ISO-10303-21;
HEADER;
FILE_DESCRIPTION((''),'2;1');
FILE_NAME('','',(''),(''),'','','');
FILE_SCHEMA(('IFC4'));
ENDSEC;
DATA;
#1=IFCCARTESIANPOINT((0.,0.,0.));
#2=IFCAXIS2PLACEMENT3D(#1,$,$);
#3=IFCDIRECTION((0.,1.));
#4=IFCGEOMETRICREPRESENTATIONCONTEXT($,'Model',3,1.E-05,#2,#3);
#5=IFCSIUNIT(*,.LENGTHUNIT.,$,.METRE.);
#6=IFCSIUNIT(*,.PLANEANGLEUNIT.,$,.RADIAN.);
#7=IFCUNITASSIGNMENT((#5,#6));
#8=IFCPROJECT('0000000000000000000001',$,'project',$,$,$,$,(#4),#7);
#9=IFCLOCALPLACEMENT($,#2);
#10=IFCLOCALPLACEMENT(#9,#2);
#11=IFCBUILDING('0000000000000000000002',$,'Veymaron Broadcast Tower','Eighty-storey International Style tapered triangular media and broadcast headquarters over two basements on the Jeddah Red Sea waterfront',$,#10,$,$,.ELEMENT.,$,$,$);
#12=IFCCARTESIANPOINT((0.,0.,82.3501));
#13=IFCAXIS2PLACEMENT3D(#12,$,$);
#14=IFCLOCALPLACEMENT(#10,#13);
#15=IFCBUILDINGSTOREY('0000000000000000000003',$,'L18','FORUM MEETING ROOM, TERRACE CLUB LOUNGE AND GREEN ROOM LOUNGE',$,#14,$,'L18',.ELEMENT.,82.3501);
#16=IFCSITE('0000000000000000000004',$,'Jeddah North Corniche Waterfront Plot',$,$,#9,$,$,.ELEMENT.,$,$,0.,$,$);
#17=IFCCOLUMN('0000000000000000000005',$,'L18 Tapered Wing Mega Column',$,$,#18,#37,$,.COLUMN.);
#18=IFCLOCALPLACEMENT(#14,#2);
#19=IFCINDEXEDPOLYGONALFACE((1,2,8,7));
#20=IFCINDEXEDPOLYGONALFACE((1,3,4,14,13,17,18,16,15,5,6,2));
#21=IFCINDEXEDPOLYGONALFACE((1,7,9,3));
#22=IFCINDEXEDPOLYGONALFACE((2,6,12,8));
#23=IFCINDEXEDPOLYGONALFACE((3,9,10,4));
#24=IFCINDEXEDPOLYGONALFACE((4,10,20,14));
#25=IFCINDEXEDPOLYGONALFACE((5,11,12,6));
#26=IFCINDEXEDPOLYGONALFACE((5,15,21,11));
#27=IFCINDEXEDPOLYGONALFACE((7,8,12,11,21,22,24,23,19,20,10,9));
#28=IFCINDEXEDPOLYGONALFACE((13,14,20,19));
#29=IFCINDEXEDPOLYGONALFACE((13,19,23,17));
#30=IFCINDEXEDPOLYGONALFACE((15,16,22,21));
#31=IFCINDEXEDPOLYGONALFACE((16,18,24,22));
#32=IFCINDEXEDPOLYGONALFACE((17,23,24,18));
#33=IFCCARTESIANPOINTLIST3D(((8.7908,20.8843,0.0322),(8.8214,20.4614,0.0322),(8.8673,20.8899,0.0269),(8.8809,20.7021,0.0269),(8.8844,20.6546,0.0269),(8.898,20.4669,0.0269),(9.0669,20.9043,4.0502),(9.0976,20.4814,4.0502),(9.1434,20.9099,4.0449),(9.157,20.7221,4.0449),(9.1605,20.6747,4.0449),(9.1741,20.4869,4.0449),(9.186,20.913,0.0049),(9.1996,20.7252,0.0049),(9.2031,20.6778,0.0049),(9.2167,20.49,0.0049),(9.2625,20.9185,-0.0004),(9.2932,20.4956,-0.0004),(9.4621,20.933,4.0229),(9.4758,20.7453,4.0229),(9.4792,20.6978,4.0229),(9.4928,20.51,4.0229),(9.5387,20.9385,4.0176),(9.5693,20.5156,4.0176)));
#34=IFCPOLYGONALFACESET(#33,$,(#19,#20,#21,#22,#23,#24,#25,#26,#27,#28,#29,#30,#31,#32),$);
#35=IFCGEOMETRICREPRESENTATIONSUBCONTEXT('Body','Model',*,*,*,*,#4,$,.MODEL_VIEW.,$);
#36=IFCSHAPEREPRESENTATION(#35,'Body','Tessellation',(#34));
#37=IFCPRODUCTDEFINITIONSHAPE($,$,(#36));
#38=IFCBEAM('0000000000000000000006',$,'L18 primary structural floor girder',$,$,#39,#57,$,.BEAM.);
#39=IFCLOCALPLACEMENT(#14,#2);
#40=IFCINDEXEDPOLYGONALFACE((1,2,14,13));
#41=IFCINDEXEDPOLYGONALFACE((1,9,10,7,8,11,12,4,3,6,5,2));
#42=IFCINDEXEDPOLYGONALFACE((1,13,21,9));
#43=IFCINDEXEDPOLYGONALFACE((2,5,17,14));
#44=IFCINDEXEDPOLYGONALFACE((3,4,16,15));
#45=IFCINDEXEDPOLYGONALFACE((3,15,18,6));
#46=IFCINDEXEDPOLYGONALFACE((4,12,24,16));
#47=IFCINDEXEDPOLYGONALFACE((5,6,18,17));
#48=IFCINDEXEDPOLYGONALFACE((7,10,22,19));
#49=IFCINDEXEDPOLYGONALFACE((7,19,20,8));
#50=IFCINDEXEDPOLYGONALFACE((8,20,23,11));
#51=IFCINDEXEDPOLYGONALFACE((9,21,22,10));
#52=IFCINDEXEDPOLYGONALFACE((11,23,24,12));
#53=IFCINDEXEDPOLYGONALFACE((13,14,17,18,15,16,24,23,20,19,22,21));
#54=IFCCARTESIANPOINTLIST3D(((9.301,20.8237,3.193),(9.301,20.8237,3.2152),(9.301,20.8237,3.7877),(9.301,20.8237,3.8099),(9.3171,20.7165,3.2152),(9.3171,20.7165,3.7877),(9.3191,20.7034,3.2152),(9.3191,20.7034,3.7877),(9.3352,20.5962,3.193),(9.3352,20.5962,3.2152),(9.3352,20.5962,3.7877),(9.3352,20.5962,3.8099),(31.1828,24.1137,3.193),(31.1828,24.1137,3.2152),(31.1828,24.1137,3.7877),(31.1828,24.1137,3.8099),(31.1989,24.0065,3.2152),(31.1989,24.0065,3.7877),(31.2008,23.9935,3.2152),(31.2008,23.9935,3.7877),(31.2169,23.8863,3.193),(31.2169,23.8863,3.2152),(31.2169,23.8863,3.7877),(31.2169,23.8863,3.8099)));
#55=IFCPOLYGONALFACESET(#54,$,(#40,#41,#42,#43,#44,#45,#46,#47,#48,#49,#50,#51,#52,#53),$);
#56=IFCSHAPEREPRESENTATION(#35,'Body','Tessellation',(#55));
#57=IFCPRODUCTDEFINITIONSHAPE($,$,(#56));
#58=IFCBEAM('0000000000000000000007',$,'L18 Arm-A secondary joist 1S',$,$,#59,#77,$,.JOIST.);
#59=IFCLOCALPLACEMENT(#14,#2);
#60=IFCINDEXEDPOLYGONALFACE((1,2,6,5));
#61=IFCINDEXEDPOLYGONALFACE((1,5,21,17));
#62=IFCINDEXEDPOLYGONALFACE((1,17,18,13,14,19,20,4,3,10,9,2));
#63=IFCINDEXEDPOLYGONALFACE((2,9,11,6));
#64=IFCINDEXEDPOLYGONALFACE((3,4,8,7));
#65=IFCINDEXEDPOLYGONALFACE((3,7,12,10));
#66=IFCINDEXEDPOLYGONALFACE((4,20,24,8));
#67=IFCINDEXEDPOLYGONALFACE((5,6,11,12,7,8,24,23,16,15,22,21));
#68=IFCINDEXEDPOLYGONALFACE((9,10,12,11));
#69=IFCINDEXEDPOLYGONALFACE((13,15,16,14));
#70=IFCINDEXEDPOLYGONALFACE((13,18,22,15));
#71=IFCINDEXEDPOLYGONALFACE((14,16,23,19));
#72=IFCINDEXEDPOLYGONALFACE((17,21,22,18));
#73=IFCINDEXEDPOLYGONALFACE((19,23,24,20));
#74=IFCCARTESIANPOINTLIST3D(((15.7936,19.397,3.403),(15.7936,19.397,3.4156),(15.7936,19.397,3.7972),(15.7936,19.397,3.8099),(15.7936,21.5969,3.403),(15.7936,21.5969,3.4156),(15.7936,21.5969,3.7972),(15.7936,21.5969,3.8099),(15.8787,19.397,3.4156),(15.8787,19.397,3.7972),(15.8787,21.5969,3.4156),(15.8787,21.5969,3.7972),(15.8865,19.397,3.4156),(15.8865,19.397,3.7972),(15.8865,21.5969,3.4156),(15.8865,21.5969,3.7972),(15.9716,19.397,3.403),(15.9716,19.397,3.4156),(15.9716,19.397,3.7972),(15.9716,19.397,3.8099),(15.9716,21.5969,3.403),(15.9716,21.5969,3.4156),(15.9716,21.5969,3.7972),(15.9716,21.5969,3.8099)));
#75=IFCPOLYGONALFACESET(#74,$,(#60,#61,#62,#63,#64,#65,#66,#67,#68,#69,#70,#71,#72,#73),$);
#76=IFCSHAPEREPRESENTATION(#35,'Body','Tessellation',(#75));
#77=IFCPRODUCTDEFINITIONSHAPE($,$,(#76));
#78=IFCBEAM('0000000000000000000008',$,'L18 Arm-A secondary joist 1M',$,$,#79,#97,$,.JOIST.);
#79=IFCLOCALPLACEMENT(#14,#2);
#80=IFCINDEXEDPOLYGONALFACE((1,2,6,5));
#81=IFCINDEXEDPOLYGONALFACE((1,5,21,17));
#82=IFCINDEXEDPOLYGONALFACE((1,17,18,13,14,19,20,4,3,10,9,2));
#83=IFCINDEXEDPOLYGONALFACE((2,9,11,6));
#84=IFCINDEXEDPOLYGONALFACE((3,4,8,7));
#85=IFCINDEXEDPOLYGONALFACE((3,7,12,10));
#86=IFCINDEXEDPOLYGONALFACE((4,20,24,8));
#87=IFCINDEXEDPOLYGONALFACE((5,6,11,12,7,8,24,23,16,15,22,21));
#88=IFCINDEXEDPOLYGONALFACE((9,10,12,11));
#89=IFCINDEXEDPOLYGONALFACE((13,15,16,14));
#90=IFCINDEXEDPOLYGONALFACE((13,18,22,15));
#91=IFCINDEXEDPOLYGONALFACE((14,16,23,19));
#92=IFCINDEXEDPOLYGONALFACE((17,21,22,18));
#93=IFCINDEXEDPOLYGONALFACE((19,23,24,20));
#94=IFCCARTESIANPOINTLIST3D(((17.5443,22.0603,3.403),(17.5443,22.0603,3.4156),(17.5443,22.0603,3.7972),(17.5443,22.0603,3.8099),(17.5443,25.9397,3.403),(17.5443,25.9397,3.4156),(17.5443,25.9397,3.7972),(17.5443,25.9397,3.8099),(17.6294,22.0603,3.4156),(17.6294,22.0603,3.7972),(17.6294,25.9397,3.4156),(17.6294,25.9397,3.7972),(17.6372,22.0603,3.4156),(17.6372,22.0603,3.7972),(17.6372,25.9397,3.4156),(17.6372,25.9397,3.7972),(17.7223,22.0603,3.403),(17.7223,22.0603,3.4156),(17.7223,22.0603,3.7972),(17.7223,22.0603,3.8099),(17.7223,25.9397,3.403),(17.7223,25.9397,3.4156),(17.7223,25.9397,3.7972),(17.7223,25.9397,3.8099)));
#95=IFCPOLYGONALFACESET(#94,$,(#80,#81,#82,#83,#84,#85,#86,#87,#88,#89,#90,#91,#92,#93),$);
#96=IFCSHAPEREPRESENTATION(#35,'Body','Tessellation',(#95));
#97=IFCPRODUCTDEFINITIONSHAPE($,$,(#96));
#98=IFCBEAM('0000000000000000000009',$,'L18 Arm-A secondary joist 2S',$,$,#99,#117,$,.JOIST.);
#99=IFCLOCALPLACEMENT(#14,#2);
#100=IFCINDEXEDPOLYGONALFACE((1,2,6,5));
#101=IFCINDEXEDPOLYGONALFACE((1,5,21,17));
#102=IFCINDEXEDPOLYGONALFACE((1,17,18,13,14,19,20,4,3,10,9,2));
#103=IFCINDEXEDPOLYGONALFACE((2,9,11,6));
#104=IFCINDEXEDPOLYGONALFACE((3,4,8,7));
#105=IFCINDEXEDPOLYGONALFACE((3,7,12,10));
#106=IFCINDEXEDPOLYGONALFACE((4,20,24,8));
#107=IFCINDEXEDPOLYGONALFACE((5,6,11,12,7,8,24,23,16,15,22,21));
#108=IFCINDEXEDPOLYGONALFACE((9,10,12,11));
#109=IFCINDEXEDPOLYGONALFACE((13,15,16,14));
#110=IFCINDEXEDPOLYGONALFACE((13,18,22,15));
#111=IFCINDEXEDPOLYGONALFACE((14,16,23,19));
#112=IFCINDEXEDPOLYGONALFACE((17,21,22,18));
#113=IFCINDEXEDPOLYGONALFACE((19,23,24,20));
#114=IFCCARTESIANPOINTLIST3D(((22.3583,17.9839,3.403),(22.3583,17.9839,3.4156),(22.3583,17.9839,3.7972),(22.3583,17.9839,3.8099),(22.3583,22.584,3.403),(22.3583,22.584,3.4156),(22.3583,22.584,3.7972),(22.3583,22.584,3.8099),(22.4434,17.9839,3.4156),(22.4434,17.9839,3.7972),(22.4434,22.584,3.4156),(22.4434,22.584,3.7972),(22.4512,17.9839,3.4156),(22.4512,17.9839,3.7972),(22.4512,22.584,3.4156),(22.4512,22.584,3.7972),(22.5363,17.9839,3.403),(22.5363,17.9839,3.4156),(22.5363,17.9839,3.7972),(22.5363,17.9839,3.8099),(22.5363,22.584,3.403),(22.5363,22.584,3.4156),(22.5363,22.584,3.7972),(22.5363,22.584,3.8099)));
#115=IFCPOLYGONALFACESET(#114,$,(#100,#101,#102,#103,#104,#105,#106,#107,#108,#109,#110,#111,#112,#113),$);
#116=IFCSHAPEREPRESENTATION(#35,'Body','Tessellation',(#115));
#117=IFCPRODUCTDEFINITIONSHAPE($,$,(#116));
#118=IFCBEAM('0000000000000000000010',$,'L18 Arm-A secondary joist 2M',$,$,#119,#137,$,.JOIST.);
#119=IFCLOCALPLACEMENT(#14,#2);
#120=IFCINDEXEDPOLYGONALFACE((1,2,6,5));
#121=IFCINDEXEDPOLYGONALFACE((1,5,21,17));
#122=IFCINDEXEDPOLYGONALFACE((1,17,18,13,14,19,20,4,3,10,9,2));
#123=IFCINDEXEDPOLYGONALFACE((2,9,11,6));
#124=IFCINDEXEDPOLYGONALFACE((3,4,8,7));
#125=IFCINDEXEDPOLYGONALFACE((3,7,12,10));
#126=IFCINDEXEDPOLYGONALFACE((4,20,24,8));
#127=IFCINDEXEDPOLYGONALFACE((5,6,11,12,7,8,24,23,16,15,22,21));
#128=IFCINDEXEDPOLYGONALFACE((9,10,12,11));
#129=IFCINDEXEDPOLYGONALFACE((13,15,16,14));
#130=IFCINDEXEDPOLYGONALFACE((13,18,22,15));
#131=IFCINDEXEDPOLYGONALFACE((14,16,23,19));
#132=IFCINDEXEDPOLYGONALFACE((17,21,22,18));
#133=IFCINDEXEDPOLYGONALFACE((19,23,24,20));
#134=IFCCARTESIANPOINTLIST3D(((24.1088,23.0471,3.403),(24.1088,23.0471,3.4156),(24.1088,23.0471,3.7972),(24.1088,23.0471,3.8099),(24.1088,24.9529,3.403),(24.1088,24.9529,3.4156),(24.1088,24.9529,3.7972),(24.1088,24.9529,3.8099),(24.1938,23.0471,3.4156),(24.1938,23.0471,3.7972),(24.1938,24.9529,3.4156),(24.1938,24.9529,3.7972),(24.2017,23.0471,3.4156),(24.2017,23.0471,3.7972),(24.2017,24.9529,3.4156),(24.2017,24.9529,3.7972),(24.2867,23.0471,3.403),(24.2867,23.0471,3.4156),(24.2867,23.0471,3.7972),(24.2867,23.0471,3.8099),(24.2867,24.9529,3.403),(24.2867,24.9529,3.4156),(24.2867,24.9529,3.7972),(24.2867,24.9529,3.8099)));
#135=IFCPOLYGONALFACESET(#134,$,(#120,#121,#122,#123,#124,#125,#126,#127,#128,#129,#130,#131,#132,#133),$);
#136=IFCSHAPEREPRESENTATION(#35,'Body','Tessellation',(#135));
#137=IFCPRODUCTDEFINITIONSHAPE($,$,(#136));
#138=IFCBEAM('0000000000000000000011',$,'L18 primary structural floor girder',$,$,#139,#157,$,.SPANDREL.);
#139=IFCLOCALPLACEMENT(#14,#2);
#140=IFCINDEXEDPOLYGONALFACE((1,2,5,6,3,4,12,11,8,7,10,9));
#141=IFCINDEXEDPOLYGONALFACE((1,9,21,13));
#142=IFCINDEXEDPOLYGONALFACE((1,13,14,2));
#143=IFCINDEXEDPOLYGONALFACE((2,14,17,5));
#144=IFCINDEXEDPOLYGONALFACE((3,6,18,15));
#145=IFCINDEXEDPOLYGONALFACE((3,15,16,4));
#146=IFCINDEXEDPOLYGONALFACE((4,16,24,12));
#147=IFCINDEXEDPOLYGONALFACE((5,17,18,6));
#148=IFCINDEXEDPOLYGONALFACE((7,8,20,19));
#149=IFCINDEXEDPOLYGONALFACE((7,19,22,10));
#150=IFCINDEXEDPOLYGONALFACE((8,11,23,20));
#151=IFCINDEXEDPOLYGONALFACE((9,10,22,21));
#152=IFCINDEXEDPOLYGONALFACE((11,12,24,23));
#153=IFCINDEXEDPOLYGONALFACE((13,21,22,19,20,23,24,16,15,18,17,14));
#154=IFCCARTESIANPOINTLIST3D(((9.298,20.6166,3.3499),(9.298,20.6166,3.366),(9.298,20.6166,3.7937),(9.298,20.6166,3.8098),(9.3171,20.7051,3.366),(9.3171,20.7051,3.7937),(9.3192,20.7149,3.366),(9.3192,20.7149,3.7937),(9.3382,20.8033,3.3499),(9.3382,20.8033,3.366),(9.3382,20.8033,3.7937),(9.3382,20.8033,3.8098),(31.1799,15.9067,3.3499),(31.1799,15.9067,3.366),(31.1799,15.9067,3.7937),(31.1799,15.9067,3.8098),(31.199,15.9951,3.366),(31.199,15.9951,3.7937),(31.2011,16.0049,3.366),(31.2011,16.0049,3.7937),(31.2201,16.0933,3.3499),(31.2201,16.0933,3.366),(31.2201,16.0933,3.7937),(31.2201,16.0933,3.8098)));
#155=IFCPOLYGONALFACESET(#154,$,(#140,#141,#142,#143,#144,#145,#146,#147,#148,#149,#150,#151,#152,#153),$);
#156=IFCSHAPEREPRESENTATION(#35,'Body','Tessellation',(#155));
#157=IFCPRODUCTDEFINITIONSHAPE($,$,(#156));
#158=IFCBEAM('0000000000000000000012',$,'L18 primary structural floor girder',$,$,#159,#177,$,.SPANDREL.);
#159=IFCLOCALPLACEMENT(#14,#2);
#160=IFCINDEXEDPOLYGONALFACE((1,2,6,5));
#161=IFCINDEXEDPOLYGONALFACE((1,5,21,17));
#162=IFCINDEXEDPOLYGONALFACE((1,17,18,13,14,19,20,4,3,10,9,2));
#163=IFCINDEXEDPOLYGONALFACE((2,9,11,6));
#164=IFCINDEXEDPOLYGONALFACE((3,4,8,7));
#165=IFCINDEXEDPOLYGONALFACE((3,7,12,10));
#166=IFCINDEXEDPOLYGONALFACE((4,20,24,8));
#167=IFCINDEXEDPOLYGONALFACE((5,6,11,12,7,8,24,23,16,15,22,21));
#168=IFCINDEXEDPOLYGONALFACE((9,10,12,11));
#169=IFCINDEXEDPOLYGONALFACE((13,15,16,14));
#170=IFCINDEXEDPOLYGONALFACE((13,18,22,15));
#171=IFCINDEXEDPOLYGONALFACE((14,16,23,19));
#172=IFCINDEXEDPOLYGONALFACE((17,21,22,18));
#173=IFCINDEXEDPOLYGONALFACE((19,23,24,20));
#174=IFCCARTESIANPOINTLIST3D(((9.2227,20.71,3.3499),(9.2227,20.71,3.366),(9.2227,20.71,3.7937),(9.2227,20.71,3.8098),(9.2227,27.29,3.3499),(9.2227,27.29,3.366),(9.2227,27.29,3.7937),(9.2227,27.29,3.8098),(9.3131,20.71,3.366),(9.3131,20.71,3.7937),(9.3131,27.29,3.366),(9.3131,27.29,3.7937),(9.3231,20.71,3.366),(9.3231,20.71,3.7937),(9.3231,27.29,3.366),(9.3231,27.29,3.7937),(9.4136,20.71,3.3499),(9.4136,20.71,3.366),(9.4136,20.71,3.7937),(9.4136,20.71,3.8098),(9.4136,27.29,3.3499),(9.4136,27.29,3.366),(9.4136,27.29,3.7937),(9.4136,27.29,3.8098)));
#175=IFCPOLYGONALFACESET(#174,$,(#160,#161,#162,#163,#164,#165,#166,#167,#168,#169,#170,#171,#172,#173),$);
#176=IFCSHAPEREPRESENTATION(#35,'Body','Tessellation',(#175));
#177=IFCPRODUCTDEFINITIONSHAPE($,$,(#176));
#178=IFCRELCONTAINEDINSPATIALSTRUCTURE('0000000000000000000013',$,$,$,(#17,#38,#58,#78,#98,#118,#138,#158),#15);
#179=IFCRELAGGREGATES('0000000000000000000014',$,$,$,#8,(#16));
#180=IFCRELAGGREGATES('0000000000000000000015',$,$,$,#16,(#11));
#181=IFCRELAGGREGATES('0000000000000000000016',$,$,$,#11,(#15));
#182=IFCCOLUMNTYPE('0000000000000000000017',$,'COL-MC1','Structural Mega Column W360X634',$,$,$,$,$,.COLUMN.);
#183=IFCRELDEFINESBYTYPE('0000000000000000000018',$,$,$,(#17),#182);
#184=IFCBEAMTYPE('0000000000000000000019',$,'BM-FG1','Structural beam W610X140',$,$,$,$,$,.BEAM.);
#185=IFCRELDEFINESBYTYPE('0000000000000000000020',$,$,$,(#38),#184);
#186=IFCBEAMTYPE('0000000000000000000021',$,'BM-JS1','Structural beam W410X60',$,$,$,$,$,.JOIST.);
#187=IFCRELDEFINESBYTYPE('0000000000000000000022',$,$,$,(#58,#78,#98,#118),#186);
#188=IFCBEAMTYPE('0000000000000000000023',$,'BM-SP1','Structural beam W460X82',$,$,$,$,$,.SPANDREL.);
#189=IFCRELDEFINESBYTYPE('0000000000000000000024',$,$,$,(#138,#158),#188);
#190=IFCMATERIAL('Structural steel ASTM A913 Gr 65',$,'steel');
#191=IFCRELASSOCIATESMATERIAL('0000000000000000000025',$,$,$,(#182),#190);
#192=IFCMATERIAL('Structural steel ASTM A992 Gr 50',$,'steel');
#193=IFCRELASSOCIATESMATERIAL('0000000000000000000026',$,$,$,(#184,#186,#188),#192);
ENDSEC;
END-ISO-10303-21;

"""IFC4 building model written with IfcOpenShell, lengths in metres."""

from ifc_helpers import new_model, si_unit, direction, frame, origin, origin_2d, place, context, subcontext, project, spatial, i_section, extrude, material, material_profile, profile_set, type_object, element, save


model = new_model("IFC4")

# Units and contexts
model_context = context("Model", 3, precision=1e-05, world=origin(), true_north=direction((0.0, 1.0)))
body_context = subcontext(model_context, "Body", "Model", "MODEL_VIEW")
ifc_project = project(units=[si_unit("LENGTHUNIT", "METRE"), si_unit("PLANEANGLEUNIT", "RADIAN")], contexts=[model_context])

# Site, building, storey
site_placement = place(None, origin())
site = spatial("IfcSite", under=ifc_project, at=site_placement, Name="Jeddah North Corniche Waterfront Plot", CompositionType="ELEMENT", RefElevation=0.0)
building_placement = place(site_placement, origin())
building = spatial("IfcBuilding", under=site, at=building_placement, Name="Veymaron Broadcast Tower", Description="Eighty-storey International Style tapered triangular media and broadcast headquarters over two basements on the Jeddah Red Sea waterfront", CompositionType="ELEMENT")
storey_placement = place(building_placement, frame((0.0, 0.0, 82.3501)))
storey = spatial("IfcBuildingStorey", under=building, at=storey_placement, Name="L18", Description="FORUM MEETING ROOM, TERRACE CLUB LOUNGE AND GREEN ROOM LOUNGE", LongName="L18", CompositionType="ELEMENT", Elevation=82.3501)

# Column
ifc_material_1 = material(Name="Structural steel ASTM A913 Gr 65", Category="steel")
ifc_material_profile_1 = material_profile(ifc_material_1, i_section(OverallWidth=0.4241, OverallDepth=0.4741, WebThickness=0.0476, FlangeThickness=0.0769, at=origin_2d()), Name="W360X634")
ifc_profile_set_1 = profile_set([ifc_material_profile_1], Name="Structural steel ASTM A913 Gr 65")
column_type = type_object("IfcColumnType", Name="COL-MC1", Description="Structural Mega Column W360X634", PredefinedType="COLUMN", material=ifc_profile_set_1)
column_placement = place(storey_placement, frame((9.042, 20.6899, 0.0159), z_axis=(0.068558, 0.004971, 0.997635), x_axis=(-0.072312, 0.997382, 0.0)))
element("IfcColumn", 1, at=column_placement, inside=storey, type_object=column_type, Name="L18 Tapered Wing Mega Column", PredefinedType="COLUMN", context=body_context, shape_type="SweptSolid", body=[
    extrude(i_section(OverallWidth=0.4241, OverallDepth=0.4741, WebThickness=0.0476, FlangeThickness=0.0769, at=origin_2d()), origin(), (0.0, 0.0, 1.0), 4.0276),
])

# Beams
ifc_material_2 = material(Name="Structural steel ASTM A992 Gr 50", Category="steel")
ifc_material_profile_2 = material_profile(ifc_material_2, i_section(OverallWidth=0.23, OverallDepth=0.6169, WebThickness=0.0132, FlangeThickness=0.0222, at=origin_2d()), Name="W610X140")
ifc_profile_set_2 = profile_set([ifc_material_profile_2], Name="Structural steel ASTM A992 Gr 50")
beam_type_1 = type_object("IfcBeamType", Name="BM-FG1", Description="Structural beam W610X140", PredefinedType="BEAM", material=ifc_profile_set_2)
beam_1_placement = place(storey_placement, frame((9.3181, 20.71, 3.5015), z_axis=(0.988885, 0.148684, 0.0), x_axis=(-0.148684, 0.988885, 0.0)))
element("IfcBeam", 2, at=beam_1_placement, inside=storey, type_object=beam_type_1, Name="L18 primary structural floor girder", PredefinedType="BEAM", context=body_context, shape_type="SweptSolid", body=[
    extrude(i_section(OverallWidth=0.23, OverallDepth=0.6169, WebThickness=0.0132, FlangeThickness=0.0222, at=origin_2d()), origin(), (0.0, 0.0, 1.0), 22.1277),
])
ifc_material_profile_3 = material_profile(ifc_material_2, i_section(OverallWidth=0.178, OverallDepth=0.407, WebThickness=0.0078, FlangeThickness=0.0127, at=origin_2d()), Name="W410X60")
ifc_profile_set_3 = profile_set([ifc_material_profile_3], Name="Structural steel ASTM A992 Gr 50")
beam_type_2 = type_object("IfcBeamType", Name="BM-JS1", Description="Structural beam W410X60", PredefinedType="JOIST", material=ifc_profile_set_3)
beam_2_placement = place(storey_placement, frame((15.8826, 19.397, 3.6064), z_axis=(0.0, 1.0, 0.0), x_axis=(-1.0, 0.0, 0.0)))
element("IfcBeam", 3, at=beam_2_placement, inside=storey, type_object=beam_type_2, Name="L18 Arm-A secondary joist 1S", PredefinedType="JOIST", context=body_context, shape_type="SweptSolid", body=[
    extrude(i_section(OverallWidth=0.178, OverallDepth=0.407, WebThickness=0.0078, FlangeThickness=0.0127, at=origin_2d()), origin(), (0.0, 0.0, 1.0), 2.2),
])
beam_3_placement = place(storey_placement, frame((17.6333, 22.0603, 3.6064), z_axis=(0.0, 1.0, 0.0), x_axis=(-1.0, 0.0, 0.0)))
element("IfcBeam", 4, at=beam_3_placement, inside=storey, type_object=beam_type_2, Name="L18 Arm-A secondary joist 1M", PredefinedType="JOIST", context=body_context, shape_type="SweptSolid", body=[
    extrude(i_section(OverallWidth=0.178, OverallDepth=0.407, WebThickness=0.0078, FlangeThickness=0.0127, at=origin_2d()), origin(), (0.0, 0.0, 1.0), 3.8794),
])
beam_4_placement = place(storey_placement, frame((22.4473, 17.9839, 3.6064), z_axis=(0.0, 1.0, 0.0), x_axis=(-1.0, 0.0, 0.0)))
element("IfcBeam", 5, at=beam_4_placement, inside=storey, type_object=beam_type_2, Name="L18 Arm-A secondary joist 2S", PredefinedType="JOIST", context=body_context, shape_type="SweptSolid", body=[
    extrude(i_section(OverallWidth=0.178, OverallDepth=0.407, WebThickness=0.0078, FlangeThickness=0.0127, at=origin_2d()), origin(), (0.0, 0.0, 1.0), 4.6001),
])
beam_5_placement = place(storey_placement, frame((24.1978, 23.0471, 3.6064), z_axis=(0.0, 1.0, 0.0), x_axis=(-1.0, 0.0, 0.0)))
element("IfcBeam", 6, at=beam_5_placement, inside=storey, type_object=beam_type_2, Name="L18 Arm-A secondary joist 2M", PredefinedType="JOIST", context=body_context, shape_type="SweptSolid", body=[
    extrude(i_section(OverallWidth=0.178, OverallDepth=0.407, WebThickness=0.0078, FlangeThickness=0.0127, at=origin_2d()), origin(), (0.0, 0.0, 1.0), 1.9058),
])
ifc_material_profile_4 = material_profile(ifc_material_2, i_section(OverallWidth=0.1909, OverallDepth=0.46, WebThickness=0.01, FlangeThickness=0.0161, at=origin_2d()), Name="W460X82")
ifc_profile_set_4 = profile_set([ifc_material_profile_4], Name="Structural steel ASTM A992 Gr 50")
beam_type_3 = type_object("IfcBeamType", Name="BM-SP1", Description="Structural beam W460X82", PredefinedType="SPANDREL", material=ifc_profile_set_4)
beam_6_placement = place(storey_placement, frame((9.3181, 20.71, 3.5798), z_axis=(0.97761, -0.210426, 0.0), x_axis=(0.210426, 0.97761, 0.0)))
element("IfcBeam", 7, at=beam_6_placement, inside=storey, type_object=beam_type_3, Name="L18 primary structural floor girder", PredefinedType="SPANDREL", context=body_context, shape_type="SweptSolid", body=[
    extrude(i_section(OverallWidth=0.1909, OverallDepth=0.46, WebThickness=0.01, FlangeThickness=0.0161, at=origin_2d()), origin(), (0.0, 0.0, 1.0), 22.3831),
])
beam_7_placement = place(storey_placement, frame((9.3181, 20.71, 3.5798), z_axis=(0.0, 1.0, 0.0), x_axis=(-1.0, 0.0, 0.0)))
element("IfcBeam", 8, at=beam_7_placement, inside=storey, type_object=beam_type_3, Name="L18 primary structural floor girder", PredefinedType="SPANDREL", context=body_context, shape_type="SweptSolid", body=[
    extrude(i_section(OverallWidth=0.1909, OverallDepth=0.46, WebThickness=0.01, FlangeThickness=0.0161, at=origin_2d()), origin(), (0.0, 0.0, 1.0), 6.5801),
])

save(model, "model.ifc")
